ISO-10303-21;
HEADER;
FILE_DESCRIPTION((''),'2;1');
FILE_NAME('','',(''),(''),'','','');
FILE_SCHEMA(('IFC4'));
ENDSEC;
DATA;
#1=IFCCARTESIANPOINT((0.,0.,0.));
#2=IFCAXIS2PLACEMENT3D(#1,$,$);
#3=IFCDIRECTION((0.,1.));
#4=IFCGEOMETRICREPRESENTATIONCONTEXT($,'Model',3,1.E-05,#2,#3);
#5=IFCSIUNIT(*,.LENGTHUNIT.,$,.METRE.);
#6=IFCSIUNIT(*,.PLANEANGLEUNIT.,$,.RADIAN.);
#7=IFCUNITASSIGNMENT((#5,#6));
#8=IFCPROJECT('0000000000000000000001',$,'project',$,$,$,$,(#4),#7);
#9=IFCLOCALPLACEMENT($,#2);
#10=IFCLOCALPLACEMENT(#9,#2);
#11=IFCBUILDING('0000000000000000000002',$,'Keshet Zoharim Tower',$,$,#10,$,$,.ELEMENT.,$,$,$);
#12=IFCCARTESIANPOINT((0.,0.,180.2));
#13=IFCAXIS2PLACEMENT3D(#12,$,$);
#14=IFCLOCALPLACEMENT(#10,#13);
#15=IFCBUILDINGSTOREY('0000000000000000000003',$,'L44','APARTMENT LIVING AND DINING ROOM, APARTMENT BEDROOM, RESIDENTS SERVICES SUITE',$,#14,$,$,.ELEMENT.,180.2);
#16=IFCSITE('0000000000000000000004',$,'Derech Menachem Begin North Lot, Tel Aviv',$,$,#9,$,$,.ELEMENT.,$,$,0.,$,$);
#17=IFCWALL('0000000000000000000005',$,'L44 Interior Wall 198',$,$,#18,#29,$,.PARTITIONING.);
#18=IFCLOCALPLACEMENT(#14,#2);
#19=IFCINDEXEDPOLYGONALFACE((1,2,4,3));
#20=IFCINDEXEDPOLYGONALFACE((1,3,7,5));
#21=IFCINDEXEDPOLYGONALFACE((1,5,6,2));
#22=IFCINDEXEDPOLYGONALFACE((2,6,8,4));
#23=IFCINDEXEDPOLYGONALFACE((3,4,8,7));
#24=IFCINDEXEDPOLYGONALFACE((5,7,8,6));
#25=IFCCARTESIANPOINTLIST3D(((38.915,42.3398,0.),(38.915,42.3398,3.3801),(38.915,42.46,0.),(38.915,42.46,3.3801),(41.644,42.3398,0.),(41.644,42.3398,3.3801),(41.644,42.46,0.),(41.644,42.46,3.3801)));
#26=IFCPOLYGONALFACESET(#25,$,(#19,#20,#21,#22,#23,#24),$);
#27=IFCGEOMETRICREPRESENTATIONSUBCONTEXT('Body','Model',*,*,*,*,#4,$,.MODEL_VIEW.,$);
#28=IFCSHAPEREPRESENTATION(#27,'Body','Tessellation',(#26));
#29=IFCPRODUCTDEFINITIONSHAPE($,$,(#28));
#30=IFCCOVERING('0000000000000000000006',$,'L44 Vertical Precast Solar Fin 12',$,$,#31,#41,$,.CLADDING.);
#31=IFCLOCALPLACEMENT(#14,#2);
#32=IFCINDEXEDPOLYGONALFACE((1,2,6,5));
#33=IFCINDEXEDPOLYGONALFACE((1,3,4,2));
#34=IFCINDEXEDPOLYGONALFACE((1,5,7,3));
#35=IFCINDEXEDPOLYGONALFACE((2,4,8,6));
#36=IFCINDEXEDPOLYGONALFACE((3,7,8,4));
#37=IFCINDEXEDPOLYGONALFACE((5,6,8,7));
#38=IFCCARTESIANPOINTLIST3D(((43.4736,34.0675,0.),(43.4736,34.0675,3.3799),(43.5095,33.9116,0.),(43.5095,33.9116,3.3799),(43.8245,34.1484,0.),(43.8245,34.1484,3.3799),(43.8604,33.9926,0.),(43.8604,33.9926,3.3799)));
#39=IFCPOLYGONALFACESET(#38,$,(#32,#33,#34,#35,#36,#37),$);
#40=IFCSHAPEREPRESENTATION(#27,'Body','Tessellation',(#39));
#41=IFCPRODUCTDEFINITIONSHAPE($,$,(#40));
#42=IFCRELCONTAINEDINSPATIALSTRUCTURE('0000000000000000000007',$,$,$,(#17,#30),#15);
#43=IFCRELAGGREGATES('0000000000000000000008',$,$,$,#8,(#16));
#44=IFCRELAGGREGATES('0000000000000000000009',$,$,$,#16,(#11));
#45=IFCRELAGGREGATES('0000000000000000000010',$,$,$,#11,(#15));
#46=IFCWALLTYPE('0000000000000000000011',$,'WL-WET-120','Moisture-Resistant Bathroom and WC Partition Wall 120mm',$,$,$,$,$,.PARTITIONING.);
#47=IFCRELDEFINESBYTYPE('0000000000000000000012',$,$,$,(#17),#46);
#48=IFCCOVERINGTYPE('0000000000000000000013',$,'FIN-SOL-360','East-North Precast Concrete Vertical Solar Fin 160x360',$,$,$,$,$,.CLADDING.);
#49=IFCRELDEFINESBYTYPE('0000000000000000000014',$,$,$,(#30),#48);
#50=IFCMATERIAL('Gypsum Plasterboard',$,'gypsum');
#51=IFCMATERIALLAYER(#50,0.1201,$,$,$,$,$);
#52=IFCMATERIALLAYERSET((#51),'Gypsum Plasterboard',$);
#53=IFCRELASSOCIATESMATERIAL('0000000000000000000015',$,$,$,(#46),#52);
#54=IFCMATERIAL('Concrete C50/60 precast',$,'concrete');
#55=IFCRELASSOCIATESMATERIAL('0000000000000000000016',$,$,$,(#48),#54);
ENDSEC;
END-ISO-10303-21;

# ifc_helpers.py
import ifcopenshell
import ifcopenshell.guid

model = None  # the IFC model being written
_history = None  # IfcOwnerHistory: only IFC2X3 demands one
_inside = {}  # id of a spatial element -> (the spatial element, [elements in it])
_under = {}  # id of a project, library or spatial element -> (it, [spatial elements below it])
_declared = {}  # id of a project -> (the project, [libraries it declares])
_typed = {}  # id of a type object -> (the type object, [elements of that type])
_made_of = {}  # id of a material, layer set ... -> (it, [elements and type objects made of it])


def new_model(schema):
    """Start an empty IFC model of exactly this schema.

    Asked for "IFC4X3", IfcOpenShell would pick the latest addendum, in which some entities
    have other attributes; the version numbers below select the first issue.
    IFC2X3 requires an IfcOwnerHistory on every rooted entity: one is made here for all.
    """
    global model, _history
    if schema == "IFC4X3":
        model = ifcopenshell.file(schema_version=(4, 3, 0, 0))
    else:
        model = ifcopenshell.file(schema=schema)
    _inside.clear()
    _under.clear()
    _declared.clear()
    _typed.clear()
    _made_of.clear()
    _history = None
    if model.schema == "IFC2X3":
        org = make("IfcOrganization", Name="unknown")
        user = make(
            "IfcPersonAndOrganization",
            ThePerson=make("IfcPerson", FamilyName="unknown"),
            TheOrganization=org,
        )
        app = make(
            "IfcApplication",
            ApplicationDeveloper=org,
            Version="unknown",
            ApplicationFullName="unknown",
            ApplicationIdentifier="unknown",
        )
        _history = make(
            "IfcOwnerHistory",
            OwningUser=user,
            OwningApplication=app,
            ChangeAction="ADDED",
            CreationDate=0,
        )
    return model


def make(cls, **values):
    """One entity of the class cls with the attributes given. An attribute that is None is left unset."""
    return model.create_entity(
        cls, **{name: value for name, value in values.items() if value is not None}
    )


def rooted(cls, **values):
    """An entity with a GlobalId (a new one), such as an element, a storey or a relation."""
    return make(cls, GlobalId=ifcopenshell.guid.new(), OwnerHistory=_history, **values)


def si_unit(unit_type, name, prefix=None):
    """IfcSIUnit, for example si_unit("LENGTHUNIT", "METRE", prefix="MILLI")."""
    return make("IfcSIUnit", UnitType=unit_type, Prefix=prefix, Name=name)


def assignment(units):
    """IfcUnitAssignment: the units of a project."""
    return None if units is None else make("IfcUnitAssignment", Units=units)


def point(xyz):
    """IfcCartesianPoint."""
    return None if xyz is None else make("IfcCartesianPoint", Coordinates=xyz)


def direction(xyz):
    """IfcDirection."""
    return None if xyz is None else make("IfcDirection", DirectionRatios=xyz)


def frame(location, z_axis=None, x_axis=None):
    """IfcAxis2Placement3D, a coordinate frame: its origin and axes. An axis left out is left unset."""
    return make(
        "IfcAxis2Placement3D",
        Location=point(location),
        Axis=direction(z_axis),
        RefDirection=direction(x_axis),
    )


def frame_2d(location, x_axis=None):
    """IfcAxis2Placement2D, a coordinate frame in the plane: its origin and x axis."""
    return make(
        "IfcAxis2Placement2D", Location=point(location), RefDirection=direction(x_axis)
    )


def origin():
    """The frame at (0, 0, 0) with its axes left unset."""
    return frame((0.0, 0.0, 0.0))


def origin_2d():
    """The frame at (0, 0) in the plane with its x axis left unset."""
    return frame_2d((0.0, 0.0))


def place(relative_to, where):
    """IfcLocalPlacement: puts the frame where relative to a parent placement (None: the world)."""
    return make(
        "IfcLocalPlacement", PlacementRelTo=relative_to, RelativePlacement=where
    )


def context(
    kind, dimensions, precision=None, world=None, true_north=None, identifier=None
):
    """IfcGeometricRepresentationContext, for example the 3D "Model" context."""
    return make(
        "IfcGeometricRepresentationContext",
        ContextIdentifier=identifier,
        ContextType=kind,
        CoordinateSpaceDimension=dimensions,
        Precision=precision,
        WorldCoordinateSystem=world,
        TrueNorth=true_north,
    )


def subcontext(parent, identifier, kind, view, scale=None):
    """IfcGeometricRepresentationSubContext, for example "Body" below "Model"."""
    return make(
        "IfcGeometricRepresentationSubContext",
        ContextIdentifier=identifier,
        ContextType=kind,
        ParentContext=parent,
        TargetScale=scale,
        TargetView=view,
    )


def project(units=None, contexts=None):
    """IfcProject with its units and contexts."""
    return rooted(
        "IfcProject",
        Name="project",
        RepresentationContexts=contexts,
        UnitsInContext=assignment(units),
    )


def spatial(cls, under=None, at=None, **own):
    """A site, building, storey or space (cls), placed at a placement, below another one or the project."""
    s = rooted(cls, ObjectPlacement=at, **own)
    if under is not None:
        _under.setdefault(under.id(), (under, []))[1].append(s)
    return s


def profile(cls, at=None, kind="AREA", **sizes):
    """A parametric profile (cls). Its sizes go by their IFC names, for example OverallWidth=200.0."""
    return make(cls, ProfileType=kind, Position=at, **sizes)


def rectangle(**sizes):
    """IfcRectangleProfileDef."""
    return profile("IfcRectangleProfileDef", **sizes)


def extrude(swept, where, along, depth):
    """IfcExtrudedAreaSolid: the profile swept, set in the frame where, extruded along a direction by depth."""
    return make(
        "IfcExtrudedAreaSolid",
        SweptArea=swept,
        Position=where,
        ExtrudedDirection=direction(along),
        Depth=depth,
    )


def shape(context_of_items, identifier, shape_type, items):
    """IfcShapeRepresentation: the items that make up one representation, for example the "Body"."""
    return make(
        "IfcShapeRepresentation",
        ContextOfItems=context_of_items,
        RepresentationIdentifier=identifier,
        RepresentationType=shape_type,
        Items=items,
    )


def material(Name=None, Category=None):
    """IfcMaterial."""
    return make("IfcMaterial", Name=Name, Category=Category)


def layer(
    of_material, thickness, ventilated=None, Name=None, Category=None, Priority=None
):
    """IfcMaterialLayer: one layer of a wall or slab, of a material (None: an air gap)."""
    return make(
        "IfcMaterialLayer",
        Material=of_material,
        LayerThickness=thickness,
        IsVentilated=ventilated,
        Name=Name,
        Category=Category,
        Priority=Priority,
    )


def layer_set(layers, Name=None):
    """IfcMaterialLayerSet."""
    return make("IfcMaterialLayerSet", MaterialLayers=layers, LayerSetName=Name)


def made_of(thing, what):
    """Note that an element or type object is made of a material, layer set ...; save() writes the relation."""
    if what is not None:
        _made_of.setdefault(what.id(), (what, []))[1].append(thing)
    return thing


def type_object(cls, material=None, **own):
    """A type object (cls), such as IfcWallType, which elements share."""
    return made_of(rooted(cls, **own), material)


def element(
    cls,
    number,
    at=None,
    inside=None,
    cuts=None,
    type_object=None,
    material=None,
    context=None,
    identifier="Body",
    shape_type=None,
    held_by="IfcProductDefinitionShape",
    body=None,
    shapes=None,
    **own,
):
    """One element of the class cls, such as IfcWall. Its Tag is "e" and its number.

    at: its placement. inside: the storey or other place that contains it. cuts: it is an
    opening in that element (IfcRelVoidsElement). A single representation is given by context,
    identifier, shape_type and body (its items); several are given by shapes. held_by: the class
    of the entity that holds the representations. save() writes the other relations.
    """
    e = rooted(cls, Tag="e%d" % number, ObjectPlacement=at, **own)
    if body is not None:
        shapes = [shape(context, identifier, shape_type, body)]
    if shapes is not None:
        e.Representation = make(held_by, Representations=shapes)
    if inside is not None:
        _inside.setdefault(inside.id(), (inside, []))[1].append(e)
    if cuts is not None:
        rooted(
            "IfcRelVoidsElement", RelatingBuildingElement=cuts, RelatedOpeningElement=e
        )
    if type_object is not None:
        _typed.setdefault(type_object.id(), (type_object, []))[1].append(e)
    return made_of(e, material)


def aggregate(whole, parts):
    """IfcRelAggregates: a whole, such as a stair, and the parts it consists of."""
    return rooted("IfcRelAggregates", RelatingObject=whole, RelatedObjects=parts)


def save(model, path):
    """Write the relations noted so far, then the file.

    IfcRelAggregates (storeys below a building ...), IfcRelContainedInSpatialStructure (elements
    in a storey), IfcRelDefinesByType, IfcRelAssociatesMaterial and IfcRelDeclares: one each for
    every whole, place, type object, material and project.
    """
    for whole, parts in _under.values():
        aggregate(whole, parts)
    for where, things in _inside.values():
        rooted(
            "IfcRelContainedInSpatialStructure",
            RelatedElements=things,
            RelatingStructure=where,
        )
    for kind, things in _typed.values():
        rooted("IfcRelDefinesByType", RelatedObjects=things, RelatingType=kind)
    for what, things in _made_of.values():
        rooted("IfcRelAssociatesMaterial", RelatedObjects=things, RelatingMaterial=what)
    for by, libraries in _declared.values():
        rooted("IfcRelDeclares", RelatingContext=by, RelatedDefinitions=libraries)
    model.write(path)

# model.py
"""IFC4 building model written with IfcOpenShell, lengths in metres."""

from ifc_helpers import new_model, si_unit, direction, frame, frame_2d, origin, origin_2d, place, context, subcontext, project, spatial, rectangle, extrude, material, layer, layer_set, type_object, element, save


model = new_model("IFC4")

# Units and contexts
model_context = context("Model", 3, precision=1e-05, world=origin(), true_north=direction((0.0, 1.0)))
body_context = subcontext(model_context, "Body", "Model", "MODEL_VIEW")
ifc_project = project(units=[si_unit("LENGTHUNIT", "METRE"), si_unit("PLANEANGLEUNIT", "RADIAN")], contexts=[model_context])

# Site, building, storey
site_placement = place(None, origin())
site = spatial("IfcSite", under=ifc_project, at=site_placement, Name="Derech Menachem Begin North Lot, Tel Aviv", CompositionType="ELEMENT", RefElevation=0.0)
building_placement = place(site_placement, origin())
building = spatial("IfcBuilding", under=site, at=building_placement, Name="Keshet Zoharim Tower", CompositionType="ELEMENT")
storey_placement = place(building_placement, frame((0.0, 0.0, 180.2)))
storey = spatial("IfcBuildingStorey", under=building, at=storey_placement, Name="L44", Description="APARTMENT LIVING AND DINING ROOM, APARTMENT BEDROOM, RESIDENTS SERVICES SUITE", CompositionType="ELEMENT", Elevation=180.2)

# Shared definitions
ifc_material_1 = material(Name="Gypsum Plasterboard", Category="gypsum")

# Shared definitions
ifc_layer_1 = layer(ifc_material_1, 0.1201)
ifc_layer_set_1 = layer_set([ifc_layer_1], Name="Gypsum Plasterboard")
wall_type_1 = type_object("IfcWallType", Name="WL-WET-120", Description="Moisture-Resistant Bathroom and WC Partition Wall 120mm", PredefinedType="PARTITIONING", material=ifc_layer_set_1)

# Wall
wall_1_placement = place(storey_placement, frame((38.915, 42.3999, 0.0), z_axis=(0.0, 0.0, 1.0), x_axis=(1.0, 0.0, 0.0)))
element("IfcWall", 1, at=wall_1_placement, inside=storey, type_object=wall_type_1, Name="L44 Interior Wall 198", PredefinedType="PARTITIONING", context=body_context, shape_type="SweptSolid", body=[
    extrude(rectangle(XDim=2.729, YDim=0.1201, at=frame_2d((1.3645, 0.0))), origin(), (0.0, 0.0, 1.0), 3.3801),
])

# Covering
ifc_material_2 = material(Name="Concrete C50/60 precast", Category="concrete")
covering_type = type_object("IfcCoveringType", Name="FIN-SOL-360", Description="East-North Precast Concrete Vertical Solar Fin 160x360", PredefinedType="CLADDING", material=ifc_material_2)
covering_placement = place(storey_placement, frame((43.667, 34.03, 0.0), z_axis=(0.0, 0.0, 1.0), x_axis=(0.224848, -0.974394, 0.0)))
element("IfcCovering", 2, at=covering_placement, inside=storey, type_object=covering_type, Name="L44 Vertical Precast Solar Fin 12", PredefinedType="CLADDING", context=body_context, shape_type="SweptSolid", body=[
    extrude(rectangle(XDim=0.1599, YDim=0.3601, at=origin_2d()), origin(), (0.0, 0.0, 1.0), 3.3799),
])

save(model, "model.ifc")
